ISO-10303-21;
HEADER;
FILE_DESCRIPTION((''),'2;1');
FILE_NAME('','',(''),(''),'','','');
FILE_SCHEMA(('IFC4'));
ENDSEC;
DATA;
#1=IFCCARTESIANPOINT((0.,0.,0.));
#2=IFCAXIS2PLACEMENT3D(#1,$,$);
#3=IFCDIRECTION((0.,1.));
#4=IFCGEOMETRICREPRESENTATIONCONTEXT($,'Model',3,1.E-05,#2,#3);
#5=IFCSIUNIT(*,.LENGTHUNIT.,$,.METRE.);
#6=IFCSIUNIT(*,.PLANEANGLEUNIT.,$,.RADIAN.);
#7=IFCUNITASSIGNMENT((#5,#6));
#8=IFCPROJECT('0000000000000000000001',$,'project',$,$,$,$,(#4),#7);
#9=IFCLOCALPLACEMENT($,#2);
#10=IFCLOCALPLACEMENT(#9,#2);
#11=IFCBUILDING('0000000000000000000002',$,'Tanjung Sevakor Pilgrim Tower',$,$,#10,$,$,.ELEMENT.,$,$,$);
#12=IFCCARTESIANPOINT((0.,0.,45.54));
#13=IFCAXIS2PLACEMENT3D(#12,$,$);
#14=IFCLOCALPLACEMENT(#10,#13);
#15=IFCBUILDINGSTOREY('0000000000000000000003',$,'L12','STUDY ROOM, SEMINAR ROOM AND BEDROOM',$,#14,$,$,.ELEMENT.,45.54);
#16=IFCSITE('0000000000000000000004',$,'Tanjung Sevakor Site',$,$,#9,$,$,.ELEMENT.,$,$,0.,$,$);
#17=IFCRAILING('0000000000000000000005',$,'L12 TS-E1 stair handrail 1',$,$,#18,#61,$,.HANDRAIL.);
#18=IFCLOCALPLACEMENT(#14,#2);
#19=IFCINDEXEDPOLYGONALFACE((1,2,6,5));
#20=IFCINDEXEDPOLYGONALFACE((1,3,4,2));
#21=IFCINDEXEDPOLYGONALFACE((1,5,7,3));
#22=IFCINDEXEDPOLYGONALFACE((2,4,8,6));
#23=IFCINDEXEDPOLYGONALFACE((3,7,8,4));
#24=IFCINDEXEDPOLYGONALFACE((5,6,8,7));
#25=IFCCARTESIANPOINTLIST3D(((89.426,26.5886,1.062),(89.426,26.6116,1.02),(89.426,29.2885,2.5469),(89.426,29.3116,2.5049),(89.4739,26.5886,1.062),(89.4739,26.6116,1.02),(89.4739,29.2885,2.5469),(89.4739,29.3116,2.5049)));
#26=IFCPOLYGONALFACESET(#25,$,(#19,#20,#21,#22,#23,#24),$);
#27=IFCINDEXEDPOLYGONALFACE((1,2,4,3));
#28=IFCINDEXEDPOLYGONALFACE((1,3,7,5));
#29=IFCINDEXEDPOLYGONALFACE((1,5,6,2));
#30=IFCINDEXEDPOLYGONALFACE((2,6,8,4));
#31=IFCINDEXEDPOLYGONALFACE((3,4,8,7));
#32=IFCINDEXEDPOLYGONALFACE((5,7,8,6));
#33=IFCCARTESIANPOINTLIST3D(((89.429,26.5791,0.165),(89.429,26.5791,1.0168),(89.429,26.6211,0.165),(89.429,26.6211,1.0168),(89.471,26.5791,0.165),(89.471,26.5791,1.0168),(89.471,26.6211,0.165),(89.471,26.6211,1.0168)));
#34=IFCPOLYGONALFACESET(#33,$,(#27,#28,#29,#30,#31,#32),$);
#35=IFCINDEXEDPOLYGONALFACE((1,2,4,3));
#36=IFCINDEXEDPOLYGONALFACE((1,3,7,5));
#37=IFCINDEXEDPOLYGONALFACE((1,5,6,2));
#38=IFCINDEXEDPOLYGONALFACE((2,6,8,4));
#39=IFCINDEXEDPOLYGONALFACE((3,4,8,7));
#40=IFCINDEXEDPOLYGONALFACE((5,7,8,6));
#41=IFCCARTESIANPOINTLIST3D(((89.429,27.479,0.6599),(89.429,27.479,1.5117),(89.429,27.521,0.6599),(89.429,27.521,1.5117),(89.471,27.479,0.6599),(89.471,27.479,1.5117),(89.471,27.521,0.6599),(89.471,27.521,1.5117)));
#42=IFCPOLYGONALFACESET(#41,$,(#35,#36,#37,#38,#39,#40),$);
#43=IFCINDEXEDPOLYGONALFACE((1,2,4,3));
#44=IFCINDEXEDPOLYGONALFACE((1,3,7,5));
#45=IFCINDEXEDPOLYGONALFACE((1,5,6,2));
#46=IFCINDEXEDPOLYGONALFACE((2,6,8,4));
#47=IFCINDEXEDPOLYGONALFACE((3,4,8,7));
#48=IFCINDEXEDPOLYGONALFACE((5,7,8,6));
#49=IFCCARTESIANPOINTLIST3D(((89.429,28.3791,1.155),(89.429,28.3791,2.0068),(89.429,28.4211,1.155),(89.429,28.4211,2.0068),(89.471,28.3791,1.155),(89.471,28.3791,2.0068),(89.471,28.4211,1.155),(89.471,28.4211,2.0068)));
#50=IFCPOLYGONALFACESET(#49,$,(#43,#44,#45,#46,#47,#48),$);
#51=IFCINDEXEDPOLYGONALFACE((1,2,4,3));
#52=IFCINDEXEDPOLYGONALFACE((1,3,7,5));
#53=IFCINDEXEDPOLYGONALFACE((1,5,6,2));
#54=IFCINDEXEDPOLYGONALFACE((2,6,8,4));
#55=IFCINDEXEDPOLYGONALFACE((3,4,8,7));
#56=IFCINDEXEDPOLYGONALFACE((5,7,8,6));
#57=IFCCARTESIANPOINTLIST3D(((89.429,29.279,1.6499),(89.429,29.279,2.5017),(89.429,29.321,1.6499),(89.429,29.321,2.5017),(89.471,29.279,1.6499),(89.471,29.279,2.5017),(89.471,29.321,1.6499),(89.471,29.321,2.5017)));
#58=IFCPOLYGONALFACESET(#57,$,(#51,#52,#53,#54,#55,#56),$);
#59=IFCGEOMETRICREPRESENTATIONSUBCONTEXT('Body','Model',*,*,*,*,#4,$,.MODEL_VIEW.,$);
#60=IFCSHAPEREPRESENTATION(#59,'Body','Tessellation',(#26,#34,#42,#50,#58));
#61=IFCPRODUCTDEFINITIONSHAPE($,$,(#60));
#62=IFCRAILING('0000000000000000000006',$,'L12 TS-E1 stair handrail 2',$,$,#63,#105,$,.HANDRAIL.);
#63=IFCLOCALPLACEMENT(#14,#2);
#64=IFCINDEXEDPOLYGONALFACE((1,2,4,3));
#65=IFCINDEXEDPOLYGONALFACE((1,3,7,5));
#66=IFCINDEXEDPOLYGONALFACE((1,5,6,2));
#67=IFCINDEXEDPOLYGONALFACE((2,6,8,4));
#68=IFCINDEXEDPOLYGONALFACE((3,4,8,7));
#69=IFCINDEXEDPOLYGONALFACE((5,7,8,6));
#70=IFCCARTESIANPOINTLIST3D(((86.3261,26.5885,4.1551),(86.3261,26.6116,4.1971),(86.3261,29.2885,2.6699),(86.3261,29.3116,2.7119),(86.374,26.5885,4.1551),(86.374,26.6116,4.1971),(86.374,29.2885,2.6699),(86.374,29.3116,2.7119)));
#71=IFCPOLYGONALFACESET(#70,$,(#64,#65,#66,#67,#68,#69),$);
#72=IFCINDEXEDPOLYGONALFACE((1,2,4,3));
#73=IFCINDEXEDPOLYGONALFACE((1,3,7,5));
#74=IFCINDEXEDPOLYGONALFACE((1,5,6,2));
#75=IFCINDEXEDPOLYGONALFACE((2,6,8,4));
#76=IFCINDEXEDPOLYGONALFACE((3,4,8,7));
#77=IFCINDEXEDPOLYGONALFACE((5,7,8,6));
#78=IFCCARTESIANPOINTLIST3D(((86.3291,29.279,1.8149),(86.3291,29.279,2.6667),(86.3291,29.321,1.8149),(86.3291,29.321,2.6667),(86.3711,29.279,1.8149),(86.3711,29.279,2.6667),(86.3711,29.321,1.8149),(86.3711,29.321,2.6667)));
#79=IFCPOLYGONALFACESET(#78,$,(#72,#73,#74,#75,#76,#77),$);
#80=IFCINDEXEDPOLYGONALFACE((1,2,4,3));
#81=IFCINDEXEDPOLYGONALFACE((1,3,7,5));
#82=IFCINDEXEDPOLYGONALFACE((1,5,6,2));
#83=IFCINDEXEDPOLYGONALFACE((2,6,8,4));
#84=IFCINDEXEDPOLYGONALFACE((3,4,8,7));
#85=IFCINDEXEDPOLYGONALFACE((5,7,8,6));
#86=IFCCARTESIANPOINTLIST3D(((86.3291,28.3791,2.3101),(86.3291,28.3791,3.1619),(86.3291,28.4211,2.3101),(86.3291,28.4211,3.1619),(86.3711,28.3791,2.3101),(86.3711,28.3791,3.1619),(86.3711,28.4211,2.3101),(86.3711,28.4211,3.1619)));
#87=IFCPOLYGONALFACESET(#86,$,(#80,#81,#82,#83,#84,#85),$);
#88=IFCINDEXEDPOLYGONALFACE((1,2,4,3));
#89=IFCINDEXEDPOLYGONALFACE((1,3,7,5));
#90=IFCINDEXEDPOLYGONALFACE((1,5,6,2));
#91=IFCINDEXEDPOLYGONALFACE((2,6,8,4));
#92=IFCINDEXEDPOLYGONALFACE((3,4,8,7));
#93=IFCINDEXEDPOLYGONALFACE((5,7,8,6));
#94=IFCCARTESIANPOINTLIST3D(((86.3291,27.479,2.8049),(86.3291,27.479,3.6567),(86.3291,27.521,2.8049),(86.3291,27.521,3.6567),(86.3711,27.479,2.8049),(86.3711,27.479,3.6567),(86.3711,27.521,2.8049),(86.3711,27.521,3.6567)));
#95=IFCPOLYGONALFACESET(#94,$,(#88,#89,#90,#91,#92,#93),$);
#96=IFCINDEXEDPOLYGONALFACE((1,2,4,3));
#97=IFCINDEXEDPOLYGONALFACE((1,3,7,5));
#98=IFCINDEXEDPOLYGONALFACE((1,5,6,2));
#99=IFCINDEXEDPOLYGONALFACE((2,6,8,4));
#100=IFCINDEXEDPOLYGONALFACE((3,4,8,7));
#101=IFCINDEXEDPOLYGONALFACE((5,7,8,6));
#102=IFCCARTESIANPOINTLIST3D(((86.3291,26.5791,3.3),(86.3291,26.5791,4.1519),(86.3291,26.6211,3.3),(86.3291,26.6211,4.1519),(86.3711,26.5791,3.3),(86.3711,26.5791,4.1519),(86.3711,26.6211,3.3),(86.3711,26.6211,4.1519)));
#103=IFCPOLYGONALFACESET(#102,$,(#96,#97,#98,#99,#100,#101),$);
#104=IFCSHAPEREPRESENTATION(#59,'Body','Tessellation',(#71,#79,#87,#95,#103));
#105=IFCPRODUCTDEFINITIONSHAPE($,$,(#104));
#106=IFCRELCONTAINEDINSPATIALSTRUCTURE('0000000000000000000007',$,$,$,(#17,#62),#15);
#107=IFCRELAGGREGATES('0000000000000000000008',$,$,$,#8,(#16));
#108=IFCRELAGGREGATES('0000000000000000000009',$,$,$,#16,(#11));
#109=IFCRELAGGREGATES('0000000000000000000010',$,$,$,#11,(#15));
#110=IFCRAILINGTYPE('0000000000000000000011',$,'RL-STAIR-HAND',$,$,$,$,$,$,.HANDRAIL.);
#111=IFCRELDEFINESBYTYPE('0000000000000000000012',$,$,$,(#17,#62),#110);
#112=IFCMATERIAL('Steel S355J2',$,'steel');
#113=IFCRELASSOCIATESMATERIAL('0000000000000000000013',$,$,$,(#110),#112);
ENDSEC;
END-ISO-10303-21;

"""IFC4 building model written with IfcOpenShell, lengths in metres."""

from ifc_helpers import new_model, si_unit, direction, frame, origin, place, context, subcontext, project, spatial, rectangle, extrude, material, type_object, element, save


model = new_model("IFC4")

# Units and contexts
model_context = context("Model", 3, precision=1e-05, world=origin(), true_north=direction((0.0, 1.0)))
body_context = subcontext(model_context, "Body", "Model", "MODEL_VIEW")
ifc_project = project(units=[si_unit("LENGTHUNIT", "METRE"), si_unit("PLANEANGLEUNIT", "RADIAN")], contexts=[model_context])

# Site, building, storey
site_placement = place(None, origin())
site = spatial("IfcSite", under=ifc_project, at=site_placement, Name="Tanjung Sevakor Site", CompositionType="ELEMENT", RefElevation=0.0)
building_placement = place(site_placement, origin())
building = spatial("IfcBuilding", under=site, at=building_placement, Name="Tanjung Sevakor Pilgrim Tower", CompositionType="ELEMENT")
storey_placement = place(building_placement, frame((0.0, 0.0, 45.54)))
storey = spatial("IfcBuildingStorey", under=building, at=storey_placement, Name="L12", Description="STUDY ROOM, SEMINAR ROOM AND BEDROOM", CompositionType="ELEMENT", Elevation=45.54)

# Railings
ifc_material_1 = material(Name="Steel S355J2", Category="steel")
railing_type_1 = type_object("IfcRailingType", Name="RL-STAIR-HAND", PredefinedType="HANDRAIL", material=ifc_material_1)
railing_1_placement = place(storey_placement, frame((89.45, 26.6001, 0.165)))
element("IfcRailing", 1, at=railing_1_placement, inside=storey, type_object=railing_type_1, Name="L12 TS-E1 stair handrail 1", PredefinedType="HANDRAIL", context=body_context, shape_type="SweptSolid", body=[
    extrude(rectangle(XDim=0.0479, YDim=0.0479), frame((0.0, 0.0, 0.876), z_axis=(0.0, 0.876231, 0.481891), x_axis=(-1.0, 0.0, 0.0)), (0.0, 0.0, 1.0), 3.0813),
    extrude(rectangle(XDim=0.042, YDim=0.042), origin(), (0.0, 0.0, 1.0), 0.8518),
    extrude(rectangle(XDim=0.042, YDim=0.042), frame((0.0, 0.8999, 0.4949)), (0.0, 0.0, 1.0), 0.8518),
    extrude(rectangle(XDim=0.042, YDim=0.042), frame((0.0, 1.8, 0.99)), (0.0, 0.0, 1.0), 0.8518),
    extrude(rectangle(XDim=0.042, YDim=0.042), frame((0.0, 2.7, 1.4849)), (0.0, 0.0, 1.0), 0.8518),
])
railing_2_placement = place(storey_placement, frame((86.3501, 29.3, 1.8149)))
element("IfcRailing", 2, at=railing_2_placement, inside=storey, type_object=railing_type_1, Name="L12 TS-E1 stair handrail 2", PredefinedType="HANDRAIL", context=body_context, shape_type="SweptSolid", body=[
    extrude(rectangle(XDim=0.0479, YDim=0.0479), frame((0.0, 0.0, 0.876), z_axis=(0.0, -0.876198, 0.481952), x_axis=(1.0, 0.0, 0.0)), (0.0, 0.0, 1.0), 3.0815),
    extrude(rectangle(XDim=0.042, YDim=0.042), origin(), (0.0, 0.0, 1.0), 0.8518),
    extrude(rectangle(XDim=0.042, YDim=0.042), frame((0.0, -0.8999, 0.4951)), (0.0, 0.0, 1.0), 0.8518),
    extrude(rectangle(XDim=0.042, YDim=0.042), frame((0.0, -1.8, 0.99)), (0.0, 0.0, 1.0), 0.8518),
    extrude(rectangle(XDim=0.042, YDim=0.042), frame((0.0, -2.7, 1.4851)), (0.0, 0.0, 1.0), 0.8518),
])

save(model, "model.ifc")
